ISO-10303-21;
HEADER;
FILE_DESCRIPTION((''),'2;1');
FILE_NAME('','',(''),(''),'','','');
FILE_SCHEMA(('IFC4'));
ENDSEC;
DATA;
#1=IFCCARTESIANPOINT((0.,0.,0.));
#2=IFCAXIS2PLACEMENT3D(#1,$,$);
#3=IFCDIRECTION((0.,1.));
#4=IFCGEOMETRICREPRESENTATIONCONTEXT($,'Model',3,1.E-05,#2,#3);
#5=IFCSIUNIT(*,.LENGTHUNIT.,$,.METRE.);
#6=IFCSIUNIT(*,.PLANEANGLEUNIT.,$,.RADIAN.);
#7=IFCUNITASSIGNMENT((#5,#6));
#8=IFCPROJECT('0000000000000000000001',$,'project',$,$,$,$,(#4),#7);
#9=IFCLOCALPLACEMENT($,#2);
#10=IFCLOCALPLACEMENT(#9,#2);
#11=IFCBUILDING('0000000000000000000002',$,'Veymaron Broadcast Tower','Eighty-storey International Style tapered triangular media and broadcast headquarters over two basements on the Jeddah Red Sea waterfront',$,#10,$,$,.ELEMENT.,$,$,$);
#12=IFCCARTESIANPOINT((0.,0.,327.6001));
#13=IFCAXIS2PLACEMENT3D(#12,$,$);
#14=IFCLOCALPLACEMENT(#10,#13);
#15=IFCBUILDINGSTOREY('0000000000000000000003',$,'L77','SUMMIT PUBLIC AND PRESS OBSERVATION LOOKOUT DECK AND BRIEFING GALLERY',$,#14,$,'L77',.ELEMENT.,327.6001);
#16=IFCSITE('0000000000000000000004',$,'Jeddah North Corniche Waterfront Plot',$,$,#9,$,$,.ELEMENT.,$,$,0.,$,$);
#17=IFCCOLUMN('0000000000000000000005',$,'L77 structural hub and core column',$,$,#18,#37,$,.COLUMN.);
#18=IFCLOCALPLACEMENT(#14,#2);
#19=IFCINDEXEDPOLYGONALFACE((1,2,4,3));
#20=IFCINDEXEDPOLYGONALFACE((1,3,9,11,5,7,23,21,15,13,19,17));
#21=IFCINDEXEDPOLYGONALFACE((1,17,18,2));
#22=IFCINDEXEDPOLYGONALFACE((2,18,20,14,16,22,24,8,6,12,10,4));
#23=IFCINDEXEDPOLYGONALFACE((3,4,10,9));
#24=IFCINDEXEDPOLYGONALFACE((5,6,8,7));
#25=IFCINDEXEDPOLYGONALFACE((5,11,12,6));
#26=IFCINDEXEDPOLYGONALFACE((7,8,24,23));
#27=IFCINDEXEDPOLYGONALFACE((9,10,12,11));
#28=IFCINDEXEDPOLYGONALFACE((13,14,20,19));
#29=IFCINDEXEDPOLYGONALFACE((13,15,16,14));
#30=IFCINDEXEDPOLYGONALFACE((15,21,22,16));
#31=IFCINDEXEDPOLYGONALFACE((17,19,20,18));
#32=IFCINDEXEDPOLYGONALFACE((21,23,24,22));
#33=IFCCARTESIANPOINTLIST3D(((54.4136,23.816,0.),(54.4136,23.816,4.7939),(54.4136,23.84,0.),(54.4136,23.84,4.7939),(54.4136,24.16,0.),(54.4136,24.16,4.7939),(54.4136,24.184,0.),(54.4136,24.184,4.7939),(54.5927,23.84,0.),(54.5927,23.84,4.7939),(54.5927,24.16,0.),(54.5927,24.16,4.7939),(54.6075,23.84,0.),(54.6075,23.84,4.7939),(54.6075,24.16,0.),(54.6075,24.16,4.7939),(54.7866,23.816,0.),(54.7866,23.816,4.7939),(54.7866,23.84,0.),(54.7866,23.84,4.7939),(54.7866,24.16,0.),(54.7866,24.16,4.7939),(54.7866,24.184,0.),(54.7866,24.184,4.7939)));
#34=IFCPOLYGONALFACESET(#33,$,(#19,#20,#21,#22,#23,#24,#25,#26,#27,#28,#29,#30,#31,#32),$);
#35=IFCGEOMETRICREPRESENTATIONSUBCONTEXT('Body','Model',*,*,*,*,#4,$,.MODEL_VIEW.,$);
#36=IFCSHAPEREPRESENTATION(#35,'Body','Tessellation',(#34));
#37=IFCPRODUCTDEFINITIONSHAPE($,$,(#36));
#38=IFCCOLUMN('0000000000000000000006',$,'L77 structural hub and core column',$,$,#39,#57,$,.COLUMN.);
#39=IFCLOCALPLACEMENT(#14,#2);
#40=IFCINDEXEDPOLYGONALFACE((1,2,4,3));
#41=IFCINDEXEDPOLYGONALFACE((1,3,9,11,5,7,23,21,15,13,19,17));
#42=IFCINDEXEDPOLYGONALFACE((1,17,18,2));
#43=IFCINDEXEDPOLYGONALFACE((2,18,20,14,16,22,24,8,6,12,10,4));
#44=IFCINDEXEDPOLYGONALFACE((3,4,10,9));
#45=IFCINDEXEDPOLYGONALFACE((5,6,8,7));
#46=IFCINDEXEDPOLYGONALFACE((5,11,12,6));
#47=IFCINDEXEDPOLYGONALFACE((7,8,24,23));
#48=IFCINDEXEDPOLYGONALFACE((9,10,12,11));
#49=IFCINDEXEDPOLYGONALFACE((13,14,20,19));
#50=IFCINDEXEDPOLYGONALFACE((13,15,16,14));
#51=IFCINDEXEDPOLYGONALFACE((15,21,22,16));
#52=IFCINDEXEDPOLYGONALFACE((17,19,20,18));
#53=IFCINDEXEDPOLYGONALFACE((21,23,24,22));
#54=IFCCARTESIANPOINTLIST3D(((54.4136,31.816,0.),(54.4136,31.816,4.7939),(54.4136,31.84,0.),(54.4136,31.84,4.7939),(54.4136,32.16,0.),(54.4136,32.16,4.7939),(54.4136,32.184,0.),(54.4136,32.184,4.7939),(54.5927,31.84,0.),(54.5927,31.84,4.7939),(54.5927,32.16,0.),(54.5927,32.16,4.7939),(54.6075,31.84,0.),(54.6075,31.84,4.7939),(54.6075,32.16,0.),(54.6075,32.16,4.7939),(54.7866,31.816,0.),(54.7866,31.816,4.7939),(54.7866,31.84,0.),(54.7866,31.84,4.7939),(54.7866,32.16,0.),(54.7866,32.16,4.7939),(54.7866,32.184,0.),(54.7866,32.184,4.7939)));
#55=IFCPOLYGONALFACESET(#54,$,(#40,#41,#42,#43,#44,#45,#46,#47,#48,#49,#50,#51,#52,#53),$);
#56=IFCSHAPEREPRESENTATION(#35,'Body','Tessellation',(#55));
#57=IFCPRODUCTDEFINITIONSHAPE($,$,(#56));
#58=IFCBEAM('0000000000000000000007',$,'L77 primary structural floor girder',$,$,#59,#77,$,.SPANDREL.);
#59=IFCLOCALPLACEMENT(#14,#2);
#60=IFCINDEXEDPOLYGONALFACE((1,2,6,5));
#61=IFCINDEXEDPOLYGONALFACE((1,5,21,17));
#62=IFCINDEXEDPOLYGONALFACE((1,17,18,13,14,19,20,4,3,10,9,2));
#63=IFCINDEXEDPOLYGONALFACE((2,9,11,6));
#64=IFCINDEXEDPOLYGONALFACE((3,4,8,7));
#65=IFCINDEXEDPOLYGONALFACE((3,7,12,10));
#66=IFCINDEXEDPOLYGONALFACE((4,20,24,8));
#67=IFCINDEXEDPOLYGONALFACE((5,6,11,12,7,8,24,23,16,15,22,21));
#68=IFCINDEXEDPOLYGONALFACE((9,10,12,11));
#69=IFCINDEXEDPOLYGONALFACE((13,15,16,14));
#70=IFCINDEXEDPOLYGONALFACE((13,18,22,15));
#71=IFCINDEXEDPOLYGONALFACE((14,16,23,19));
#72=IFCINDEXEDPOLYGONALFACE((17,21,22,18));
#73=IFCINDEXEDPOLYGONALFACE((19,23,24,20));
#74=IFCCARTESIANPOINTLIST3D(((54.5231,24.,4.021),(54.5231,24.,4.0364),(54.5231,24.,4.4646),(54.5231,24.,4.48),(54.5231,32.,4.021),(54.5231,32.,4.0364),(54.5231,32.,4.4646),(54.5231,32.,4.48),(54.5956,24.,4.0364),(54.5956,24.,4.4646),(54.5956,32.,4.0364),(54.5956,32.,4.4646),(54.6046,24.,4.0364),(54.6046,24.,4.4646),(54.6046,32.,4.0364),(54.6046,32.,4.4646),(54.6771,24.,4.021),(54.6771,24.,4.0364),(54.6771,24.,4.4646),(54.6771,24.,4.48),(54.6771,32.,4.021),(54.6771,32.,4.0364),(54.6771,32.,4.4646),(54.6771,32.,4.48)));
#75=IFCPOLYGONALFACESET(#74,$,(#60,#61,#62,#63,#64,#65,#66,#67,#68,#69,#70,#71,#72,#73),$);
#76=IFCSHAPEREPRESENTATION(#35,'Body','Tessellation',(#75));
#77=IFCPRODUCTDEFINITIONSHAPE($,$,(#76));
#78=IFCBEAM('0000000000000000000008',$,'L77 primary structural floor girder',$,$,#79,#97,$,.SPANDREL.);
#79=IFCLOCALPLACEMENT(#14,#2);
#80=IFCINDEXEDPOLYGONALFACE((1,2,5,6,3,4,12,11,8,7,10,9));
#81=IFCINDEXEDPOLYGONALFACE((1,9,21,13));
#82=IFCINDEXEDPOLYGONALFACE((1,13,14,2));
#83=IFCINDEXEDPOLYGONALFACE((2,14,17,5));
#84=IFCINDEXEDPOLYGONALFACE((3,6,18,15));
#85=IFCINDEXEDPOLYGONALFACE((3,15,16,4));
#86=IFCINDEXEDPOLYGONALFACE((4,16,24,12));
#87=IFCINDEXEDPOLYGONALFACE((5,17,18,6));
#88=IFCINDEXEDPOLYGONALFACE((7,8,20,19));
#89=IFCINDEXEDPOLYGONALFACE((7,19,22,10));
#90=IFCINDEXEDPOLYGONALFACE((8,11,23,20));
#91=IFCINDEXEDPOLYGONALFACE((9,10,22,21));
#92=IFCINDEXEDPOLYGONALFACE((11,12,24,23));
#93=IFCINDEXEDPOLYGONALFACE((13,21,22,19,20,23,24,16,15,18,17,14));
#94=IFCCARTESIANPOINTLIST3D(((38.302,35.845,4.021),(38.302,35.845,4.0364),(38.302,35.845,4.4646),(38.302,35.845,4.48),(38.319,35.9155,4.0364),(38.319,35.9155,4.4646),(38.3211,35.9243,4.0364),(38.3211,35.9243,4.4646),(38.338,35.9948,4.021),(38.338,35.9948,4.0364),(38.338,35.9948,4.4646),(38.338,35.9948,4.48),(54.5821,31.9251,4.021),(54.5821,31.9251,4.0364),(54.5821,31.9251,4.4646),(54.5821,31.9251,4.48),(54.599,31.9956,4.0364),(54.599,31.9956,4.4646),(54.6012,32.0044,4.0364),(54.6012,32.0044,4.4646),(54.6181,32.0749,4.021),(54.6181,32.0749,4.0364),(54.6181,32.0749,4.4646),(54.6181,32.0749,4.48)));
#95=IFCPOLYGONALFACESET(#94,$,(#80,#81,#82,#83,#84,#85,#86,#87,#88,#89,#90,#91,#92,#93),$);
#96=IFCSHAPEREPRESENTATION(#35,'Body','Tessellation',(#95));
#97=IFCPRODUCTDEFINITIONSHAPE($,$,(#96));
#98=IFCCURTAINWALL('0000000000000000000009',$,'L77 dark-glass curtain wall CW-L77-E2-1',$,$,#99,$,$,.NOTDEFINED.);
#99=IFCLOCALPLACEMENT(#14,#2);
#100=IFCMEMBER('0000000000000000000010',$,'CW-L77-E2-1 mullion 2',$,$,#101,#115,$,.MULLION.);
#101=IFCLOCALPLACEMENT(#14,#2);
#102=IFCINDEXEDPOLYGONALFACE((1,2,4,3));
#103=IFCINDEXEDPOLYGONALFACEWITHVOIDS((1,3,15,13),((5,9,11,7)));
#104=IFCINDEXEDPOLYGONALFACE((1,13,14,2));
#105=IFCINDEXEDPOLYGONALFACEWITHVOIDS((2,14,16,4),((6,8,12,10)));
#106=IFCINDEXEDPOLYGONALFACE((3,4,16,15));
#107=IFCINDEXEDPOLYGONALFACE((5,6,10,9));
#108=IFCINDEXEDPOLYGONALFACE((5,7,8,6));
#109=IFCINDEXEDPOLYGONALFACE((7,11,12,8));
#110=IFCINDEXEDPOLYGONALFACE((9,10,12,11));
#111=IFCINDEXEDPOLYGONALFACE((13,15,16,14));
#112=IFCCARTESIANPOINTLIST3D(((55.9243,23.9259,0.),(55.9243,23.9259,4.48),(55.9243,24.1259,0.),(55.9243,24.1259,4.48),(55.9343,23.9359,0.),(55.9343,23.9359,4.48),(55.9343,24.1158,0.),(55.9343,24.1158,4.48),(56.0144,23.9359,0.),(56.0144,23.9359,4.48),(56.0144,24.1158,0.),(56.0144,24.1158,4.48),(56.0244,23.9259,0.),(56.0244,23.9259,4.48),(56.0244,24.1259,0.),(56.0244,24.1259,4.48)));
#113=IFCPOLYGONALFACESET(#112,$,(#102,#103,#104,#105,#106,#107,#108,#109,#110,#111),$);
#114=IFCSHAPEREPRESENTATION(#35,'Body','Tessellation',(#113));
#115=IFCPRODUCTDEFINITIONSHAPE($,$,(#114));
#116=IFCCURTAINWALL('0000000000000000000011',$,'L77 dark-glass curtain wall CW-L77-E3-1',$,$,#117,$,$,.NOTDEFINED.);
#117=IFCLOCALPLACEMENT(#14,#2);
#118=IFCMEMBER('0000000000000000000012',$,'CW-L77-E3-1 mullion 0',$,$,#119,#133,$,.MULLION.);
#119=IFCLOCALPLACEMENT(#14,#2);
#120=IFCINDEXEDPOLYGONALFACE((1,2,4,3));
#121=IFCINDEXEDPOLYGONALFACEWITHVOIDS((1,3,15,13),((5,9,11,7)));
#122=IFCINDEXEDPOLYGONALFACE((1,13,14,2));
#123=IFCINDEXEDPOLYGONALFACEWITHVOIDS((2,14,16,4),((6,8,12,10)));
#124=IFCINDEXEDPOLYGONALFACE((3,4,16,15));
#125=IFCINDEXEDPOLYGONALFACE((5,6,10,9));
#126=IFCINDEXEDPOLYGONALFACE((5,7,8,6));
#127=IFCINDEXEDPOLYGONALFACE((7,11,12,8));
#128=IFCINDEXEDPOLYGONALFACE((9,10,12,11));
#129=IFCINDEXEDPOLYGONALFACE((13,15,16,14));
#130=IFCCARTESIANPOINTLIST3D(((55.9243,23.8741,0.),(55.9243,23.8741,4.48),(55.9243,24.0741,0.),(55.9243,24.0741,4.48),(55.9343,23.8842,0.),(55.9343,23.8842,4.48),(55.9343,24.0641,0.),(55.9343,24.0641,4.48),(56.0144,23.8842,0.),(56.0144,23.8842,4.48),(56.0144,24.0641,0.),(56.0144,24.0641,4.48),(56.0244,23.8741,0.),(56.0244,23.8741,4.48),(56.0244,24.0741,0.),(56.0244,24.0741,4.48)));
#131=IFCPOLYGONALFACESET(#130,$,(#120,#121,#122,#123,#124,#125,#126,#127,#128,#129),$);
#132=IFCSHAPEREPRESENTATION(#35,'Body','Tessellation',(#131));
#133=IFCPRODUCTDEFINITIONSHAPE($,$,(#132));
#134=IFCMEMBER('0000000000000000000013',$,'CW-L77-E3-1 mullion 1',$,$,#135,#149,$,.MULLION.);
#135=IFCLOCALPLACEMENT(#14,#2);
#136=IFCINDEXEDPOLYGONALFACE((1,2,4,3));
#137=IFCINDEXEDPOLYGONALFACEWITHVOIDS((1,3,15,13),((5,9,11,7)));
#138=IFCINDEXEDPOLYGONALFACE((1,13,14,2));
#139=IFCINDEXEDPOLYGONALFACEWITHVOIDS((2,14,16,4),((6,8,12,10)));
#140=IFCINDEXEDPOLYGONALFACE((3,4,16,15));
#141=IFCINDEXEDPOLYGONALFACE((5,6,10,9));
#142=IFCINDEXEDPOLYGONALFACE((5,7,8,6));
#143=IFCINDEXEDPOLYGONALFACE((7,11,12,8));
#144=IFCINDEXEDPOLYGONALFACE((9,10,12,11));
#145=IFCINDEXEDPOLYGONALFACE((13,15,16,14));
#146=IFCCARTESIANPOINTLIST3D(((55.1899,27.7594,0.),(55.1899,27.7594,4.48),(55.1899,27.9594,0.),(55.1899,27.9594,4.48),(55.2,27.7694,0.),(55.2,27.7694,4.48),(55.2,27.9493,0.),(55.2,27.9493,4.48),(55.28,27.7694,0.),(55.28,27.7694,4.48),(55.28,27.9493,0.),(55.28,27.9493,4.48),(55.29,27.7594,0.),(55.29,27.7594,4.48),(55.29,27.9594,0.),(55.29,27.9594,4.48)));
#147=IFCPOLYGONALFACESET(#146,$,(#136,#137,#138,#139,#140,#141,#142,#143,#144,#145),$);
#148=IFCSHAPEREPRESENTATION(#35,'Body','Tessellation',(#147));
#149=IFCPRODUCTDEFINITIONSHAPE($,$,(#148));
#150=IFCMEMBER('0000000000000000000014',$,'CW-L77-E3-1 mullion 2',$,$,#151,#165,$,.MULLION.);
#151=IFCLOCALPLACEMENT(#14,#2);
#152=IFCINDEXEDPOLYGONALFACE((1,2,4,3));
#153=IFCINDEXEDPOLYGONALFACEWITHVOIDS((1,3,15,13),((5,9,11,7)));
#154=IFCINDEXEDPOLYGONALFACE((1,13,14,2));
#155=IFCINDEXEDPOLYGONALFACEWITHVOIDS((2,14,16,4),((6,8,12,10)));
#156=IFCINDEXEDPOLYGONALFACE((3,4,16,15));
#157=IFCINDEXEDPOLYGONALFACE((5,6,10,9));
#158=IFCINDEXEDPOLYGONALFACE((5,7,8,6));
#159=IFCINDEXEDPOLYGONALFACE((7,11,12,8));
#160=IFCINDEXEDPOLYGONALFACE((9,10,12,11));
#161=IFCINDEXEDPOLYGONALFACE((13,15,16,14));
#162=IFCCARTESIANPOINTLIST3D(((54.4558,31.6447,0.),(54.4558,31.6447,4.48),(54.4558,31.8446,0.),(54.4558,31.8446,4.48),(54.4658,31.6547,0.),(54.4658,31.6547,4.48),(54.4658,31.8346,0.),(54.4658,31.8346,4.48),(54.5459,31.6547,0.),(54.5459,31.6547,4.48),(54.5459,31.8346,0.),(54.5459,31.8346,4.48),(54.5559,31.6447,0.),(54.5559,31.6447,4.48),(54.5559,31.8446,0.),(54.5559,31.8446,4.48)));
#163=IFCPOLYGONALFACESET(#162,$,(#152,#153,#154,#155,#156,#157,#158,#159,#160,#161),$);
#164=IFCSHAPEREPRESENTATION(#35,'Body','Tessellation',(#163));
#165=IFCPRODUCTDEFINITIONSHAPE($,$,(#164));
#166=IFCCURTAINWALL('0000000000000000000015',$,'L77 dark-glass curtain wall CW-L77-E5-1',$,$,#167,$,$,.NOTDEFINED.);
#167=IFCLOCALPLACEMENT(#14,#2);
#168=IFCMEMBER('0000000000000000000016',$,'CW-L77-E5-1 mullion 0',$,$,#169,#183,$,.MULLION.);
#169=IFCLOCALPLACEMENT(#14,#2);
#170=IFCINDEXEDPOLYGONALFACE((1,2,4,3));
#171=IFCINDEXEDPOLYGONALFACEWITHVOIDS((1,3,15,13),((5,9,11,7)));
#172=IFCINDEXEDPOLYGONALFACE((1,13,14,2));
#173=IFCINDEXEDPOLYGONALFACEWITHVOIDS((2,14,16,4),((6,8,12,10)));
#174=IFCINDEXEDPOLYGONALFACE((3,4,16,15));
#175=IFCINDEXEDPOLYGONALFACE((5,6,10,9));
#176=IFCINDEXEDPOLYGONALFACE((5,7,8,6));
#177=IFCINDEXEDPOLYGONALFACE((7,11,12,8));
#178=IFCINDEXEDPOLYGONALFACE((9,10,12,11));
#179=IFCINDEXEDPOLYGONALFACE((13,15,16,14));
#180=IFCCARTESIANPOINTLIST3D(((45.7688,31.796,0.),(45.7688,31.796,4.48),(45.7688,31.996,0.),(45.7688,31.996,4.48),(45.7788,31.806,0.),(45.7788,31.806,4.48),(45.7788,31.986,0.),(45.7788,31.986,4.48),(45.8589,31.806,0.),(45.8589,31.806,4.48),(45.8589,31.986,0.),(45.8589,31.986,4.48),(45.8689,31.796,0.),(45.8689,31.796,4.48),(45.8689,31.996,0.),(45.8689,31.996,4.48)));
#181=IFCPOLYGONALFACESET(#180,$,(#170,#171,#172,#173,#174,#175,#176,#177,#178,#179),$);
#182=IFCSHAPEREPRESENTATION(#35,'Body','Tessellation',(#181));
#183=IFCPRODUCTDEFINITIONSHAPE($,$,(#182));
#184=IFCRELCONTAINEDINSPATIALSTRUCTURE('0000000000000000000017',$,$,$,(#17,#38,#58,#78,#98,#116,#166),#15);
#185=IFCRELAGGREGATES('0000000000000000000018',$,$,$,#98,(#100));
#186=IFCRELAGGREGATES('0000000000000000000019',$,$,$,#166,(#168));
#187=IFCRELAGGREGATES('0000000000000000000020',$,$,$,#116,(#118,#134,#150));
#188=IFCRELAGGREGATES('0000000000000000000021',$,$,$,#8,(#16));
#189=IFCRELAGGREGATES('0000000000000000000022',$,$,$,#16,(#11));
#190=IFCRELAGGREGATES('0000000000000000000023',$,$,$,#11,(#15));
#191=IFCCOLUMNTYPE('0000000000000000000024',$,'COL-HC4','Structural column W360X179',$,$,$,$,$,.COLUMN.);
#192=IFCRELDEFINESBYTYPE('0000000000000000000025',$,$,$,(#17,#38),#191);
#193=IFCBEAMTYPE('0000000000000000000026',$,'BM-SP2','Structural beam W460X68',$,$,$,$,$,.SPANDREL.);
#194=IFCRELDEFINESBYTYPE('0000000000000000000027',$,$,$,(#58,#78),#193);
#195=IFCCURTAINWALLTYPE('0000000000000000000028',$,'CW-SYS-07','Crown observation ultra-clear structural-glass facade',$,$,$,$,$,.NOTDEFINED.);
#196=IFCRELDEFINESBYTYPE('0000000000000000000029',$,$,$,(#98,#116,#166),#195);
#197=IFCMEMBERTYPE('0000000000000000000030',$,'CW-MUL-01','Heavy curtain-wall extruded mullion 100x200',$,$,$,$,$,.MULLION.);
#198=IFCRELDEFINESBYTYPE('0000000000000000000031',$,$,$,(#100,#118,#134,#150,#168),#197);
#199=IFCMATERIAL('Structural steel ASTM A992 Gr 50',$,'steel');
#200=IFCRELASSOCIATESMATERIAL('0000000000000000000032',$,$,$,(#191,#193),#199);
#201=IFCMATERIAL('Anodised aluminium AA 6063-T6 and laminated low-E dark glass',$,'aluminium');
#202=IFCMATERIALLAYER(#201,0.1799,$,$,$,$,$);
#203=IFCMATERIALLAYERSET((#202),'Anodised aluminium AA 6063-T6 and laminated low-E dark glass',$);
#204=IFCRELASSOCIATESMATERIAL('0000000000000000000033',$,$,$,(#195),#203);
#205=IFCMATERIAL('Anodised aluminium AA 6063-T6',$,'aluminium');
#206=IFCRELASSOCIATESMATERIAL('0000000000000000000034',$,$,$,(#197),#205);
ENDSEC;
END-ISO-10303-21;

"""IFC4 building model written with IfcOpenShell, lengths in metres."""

from ifc_helpers import new_model, si_unit, direction, frame, origin, origin_2d, place, context, subcontext, project, spatial, hollow_rectangle, i_section, extrude, material, layer, layer_set, material_profile, profile_set, type_object, element, aggregate, save


model = new_model("IFC4")

# Units and contexts
model_context = context("Model", 3, precision=1e-05, world=origin(), true_north=direction((0.0, 1.0)))
body_context = subcontext(model_context, "Body", "Model", "MODEL_VIEW")
ifc_project = project(units=[si_unit("LENGTHUNIT", "METRE"), si_unit("PLANEANGLEUNIT", "RADIAN")], contexts=[model_context])

# Site, building, storey
site_placement = place(None, origin())
site = spatial("IfcSite", under=ifc_project, at=site_placement, Name="Jeddah North Corniche Waterfront Plot", CompositionType="ELEMENT", RefElevation=0.0)
building_placement = place(site_placement, origin())
building = spatial("IfcBuilding", under=site, at=building_placement, Name="Veymaron Broadcast Tower", Description="Eighty-storey International Style tapered triangular media and broadcast headquarters over two basements on the Jeddah Red Sea waterfront", CompositionType="ELEMENT")
storey_placement = place(building_placement, frame((0.0, 0.0, 327.6001)))
storey = spatial("IfcBuildingStorey", under=building, at=storey_placement, Name="L77", Description="SUMMIT PUBLIC AND PRESS OBSERVATION LOOKOUT DECK AND BRIEFING GALLERY", LongName="L77", CompositionType="ELEMENT", Elevation=327.6001)

# Columns
ifc_material_1 = material(Name="Structural steel ASTM A992 Gr 50", Category="steel")
ifc_material_profile_1 = material_profile(ifc_material_1, i_section(OverallWidth=0.373, OverallDepth=0.3679, WebThickness=0.0149, FlangeThickness=0.0239, at=origin_2d()), Name="W360X179")
ifc_profile_set_1 = profile_set([ifc_material_profile_1], Name="Structural steel ASTM A992 Gr 50")
column_type = type_object("IfcColumnType", Name="COL-HC4", Description="Structural column W360X179", PredefinedType="COLUMN", material=ifc_profile_set_1)
for number, where, z_axis, x_axis, name in (
    (1, (54.6001, 24.0, 0.0), (0.0, 0.0, 1.0), (1.0, 0.0, 0.0), "L77 structural hub and core column"),
    (2, (54.6001, 32.0, 0.0), (0.0, 0.0, 1.0), (1.0, 0.0, 0.0), "L77 structural hub and core column"),
):
    element("IfcColumn", number, at=place(storey_placement, frame(where, z_axis=z_axis, x_axis=x_axis)), inside=storey, type_object=column_type, Name=name, PredefinedType="COLUMN", context=body_context, shape_type="SweptSolid", body=[
        extrude(i_section(OverallWidth=0.373, OverallDepth=0.3679, WebThickness=0.0149, FlangeThickness=0.0239, at=origin_2d()), origin(), (0.0, 0.0, 1.0), 4.7939),
    ])

# Beams
ifc_material_profile_2 = material_profile(ifc_material_1, i_section(OverallWidth=0.1541, OverallDepth=0.459, WebThickness=0.009, FlangeThickness=0.0154, at=origin_2d()), Name="W460X68")
ifc_profile_set_2 = profile_set([ifc_material_profile_2], Name="Structural steel ASTM A992 Gr 50")
beam_type = type_object("IfcBeamType", Name="BM-SP2", Description="Structural beam W460X68", PredefinedType="SPANDREL", material=ifc_profile_set_2)
beam_1_placement = place(storey_placement, frame((54.6001, 24.0, 4.2505), z_axis=(0.0, 1.0, 0.0), x_axis=(-1.0, 0.0, 0.0)))
element("IfcBeam", 3, at=beam_1_placement, inside=storey, type_object=beam_type, Name="L77 primary structural floor girder", PredefinedType="SPANDREL", context=body_context, shape_type="SweptSolid", body=[
    extrude(i_section(OverallWidth=0.1541, OverallDepth=0.459, WebThickness=0.009, FlangeThickness=0.0154, at=origin_2d()), origin(), (0.0, 0.0, 1.0), 8.0),
])
beam_2_placement = place(storey_placement, frame((54.6001, 32.0, 4.2505), z_axis=(-0.972215, 0.234091, 0.0), x_axis=(-0.234091, -0.972215, 0.0)))
element("IfcBeam", 4, at=beam_2_placement, inside=storey, type_object=beam_type, Name="L77 primary structural floor girder", PredefinedType="SPANDREL", context=body_context, shape_type="SweptSolid", body=[
    extrude(i_section(OverallWidth=0.1541, OverallDepth=0.459, WebThickness=0.009, FlangeThickness=0.0154, at=origin_2d()), origin(), (0.0, 0.0, 1.0), 16.7454),
])

# Curtain wall, member
ifc_material_2 = material(Name="Anodised aluminium AA 6063-T6 and laminated low-E dark glass", Category="aluminium")
ifc_layer_1 = layer(ifc_material_2, 0.1799)
ifc_layer_set_1 = layer_set([ifc_layer_1], Name="Anodised aluminium AA 6063-T6 and laminated low-E dark glass")
curtain_wall_type = type_object("IfcCurtainWallType", Name="CW-SYS-07", Description="Crown observation ultra-clear structural-glass facade", PredefinedType="NOTDEFINED", material=ifc_layer_set_1)
curtain_wall_1_placement = place(storey_placement, origin())
curtain_wall_1 = element("IfcCurtainWall", 5, at=curtain_wall_1_placement, inside=storey, type_object=curtain_wall_type, Name="L77 dark-glass curtain wall CW-L77-E2-1", PredefinedType="NOTDEFINED")
ifc_material_3 = material(Name="Anodised aluminium AA 6063-T6", Category="aluminium")
ifc_material_profile_3 = material_profile(ifc_material_3, hollow_rectangle(XDim=0.1001, YDim=0.2, WallThickness=0.01, at=origin_2d()), Name="RHS200X100X10")
ifc_profile_set_3 = profile_set([ifc_material_profile_3], Name="Anodised aluminium AA 6063-T6")
member_type_1 = type_object("IfcMemberType", Name="CW-MUL-01", Description="Heavy curtain-wall extruded mullion 100x200", PredefinedType="MULLION", material=ifc_profile_set_3)
member_1_placement = place(storey_placement, frame((55.9744, 24.0259, 0.0), z_axis=(0.0, 0.0, 1.0), x_axis=(1.0, 0.0, 0.0)))
member_1 = element("IfcMember", 6, at=member_1_placement, type_object=member_type_1, Name="CW-L77-E2-1 mullion 2", PredefinedType="MULLION", context=body_context, shape_type="SweptSolid", body=[
    extrude(hollow_rectangle(XDim=0.1001, YDim=0.2, WallThickness=0.01, at=origin_2d()), origin(), (0.0, 0.0, 1.0), 4.48),
])
aggregate(curtain_wall_1, [member_1])

# Curtain wall, members
curtain_wall_2_placement = place(storey_placement, origin())
curtain_wall_2 = element("IfcCurtainWall", 7, at=curtain_wall_2_placement, inside=storey, type_object=curtain_wall_type, Name="L77 dark-glass curtain wall CW-L77-E3-1", PredefinedType="NOTDEFINED")
member_2_placement = place(storey_placement, frame((55.9744, 23.9741, 0.0), z_axis=(0.0, 0.0, 1.0), x_axis=(1.0, 0.0, 0.0)))
member_2 = element("IfcMember", 8, at=member_2_placement, type_object=member_type_1, Name="CW-L77-E3-1 mullion 0", PredefinedType="MULLION", context=body_context, shape_type="SweptSolid", body=[
    extrude(hollow_rectangle(XDim=0.1001, YDim=0.2, WallThickness=0.01, at=origin_2d()), origin(), (0.0, 0.0, 1.0), 4.48),
])
member_3_placement = place(storey_placement, frame((55.24, 27.8594, 0.0), z_axis=(0.0, 0.0, 1.0), x_axis=(1.0, 0.0, 0.0)))
member_3 = element("IfcMember", 9, at=member_3_placement, type_object=member_type_1, Name="CW-L77-E3-1 mullion 1", PredefinedType="MULLION", context=body_context, shape_type="SweptSolid", body=[
    extrude(hollow_rectangle(XDim=0.1001, YDim=0.2, WallThickness=0.01, at=origin_2d()), origin(), (0.0, 0.0, 1.0), 4.48),
])
member_4_placement = place(storey_placement, frame((54.5059, 31.7446, 0.0), z_axis=(0.0, 0.0, 1.0), x_axis=(1.0, 0.0, 0.0)))
member_4 = element("IfcMember", 10, at=member_4_placement, type_object=member_type_1, Name="CW-L77-E3-1 mullion 2", PredefinedType="MULLION", context=body_context, shape_type="SweptSolid", body=[
    extrude(hollow_rectangle(XDim=0.1001, YDim=0.2, WallThickness=0.01, at=origin_2d()), origin(), (0.0, 0.0, 1.0), 4.48),
])

# Curtain wall, member
curtain_wall_3_placement = place(storey_placement, origin())
curtain_wall_3 = element("IfcCurtainWall", 11, at=curtain_wall_3_placement, inside=storey, type_object=curtain_wall_type, Name="L77 dark-glass curtain wall CW-L77-E5-1", PredefinedType="NOTDEFINED")
member_5_placement = place(storey_placement, frame((45.8188, 31.896, 0.0), z_axis=(0.0, 0.0, 1.0), x_axis=(1.0, 0.0, 0.0)))
member_5 = element("IfcMember", 12, at=member_5_placement, type_object=member_type_1, Name="CW-L77-E5-1 mullion 0", PredefinedType="MULLION", context=body_context, shape_type="SweptSolid", body=[
    extrude(hollow_rectangle(XDim=0.1001, YDim=0.2, WallThickness=0.01, at=origin_2d()), origin(), (0.0, 0.0, 1.0), 4.48),
])

aggregate(curtain_wall_3, [member_5])

aggregate(curtain_wall_2, [member_2, member_3, member_4])

save(model, "model.ifc")
